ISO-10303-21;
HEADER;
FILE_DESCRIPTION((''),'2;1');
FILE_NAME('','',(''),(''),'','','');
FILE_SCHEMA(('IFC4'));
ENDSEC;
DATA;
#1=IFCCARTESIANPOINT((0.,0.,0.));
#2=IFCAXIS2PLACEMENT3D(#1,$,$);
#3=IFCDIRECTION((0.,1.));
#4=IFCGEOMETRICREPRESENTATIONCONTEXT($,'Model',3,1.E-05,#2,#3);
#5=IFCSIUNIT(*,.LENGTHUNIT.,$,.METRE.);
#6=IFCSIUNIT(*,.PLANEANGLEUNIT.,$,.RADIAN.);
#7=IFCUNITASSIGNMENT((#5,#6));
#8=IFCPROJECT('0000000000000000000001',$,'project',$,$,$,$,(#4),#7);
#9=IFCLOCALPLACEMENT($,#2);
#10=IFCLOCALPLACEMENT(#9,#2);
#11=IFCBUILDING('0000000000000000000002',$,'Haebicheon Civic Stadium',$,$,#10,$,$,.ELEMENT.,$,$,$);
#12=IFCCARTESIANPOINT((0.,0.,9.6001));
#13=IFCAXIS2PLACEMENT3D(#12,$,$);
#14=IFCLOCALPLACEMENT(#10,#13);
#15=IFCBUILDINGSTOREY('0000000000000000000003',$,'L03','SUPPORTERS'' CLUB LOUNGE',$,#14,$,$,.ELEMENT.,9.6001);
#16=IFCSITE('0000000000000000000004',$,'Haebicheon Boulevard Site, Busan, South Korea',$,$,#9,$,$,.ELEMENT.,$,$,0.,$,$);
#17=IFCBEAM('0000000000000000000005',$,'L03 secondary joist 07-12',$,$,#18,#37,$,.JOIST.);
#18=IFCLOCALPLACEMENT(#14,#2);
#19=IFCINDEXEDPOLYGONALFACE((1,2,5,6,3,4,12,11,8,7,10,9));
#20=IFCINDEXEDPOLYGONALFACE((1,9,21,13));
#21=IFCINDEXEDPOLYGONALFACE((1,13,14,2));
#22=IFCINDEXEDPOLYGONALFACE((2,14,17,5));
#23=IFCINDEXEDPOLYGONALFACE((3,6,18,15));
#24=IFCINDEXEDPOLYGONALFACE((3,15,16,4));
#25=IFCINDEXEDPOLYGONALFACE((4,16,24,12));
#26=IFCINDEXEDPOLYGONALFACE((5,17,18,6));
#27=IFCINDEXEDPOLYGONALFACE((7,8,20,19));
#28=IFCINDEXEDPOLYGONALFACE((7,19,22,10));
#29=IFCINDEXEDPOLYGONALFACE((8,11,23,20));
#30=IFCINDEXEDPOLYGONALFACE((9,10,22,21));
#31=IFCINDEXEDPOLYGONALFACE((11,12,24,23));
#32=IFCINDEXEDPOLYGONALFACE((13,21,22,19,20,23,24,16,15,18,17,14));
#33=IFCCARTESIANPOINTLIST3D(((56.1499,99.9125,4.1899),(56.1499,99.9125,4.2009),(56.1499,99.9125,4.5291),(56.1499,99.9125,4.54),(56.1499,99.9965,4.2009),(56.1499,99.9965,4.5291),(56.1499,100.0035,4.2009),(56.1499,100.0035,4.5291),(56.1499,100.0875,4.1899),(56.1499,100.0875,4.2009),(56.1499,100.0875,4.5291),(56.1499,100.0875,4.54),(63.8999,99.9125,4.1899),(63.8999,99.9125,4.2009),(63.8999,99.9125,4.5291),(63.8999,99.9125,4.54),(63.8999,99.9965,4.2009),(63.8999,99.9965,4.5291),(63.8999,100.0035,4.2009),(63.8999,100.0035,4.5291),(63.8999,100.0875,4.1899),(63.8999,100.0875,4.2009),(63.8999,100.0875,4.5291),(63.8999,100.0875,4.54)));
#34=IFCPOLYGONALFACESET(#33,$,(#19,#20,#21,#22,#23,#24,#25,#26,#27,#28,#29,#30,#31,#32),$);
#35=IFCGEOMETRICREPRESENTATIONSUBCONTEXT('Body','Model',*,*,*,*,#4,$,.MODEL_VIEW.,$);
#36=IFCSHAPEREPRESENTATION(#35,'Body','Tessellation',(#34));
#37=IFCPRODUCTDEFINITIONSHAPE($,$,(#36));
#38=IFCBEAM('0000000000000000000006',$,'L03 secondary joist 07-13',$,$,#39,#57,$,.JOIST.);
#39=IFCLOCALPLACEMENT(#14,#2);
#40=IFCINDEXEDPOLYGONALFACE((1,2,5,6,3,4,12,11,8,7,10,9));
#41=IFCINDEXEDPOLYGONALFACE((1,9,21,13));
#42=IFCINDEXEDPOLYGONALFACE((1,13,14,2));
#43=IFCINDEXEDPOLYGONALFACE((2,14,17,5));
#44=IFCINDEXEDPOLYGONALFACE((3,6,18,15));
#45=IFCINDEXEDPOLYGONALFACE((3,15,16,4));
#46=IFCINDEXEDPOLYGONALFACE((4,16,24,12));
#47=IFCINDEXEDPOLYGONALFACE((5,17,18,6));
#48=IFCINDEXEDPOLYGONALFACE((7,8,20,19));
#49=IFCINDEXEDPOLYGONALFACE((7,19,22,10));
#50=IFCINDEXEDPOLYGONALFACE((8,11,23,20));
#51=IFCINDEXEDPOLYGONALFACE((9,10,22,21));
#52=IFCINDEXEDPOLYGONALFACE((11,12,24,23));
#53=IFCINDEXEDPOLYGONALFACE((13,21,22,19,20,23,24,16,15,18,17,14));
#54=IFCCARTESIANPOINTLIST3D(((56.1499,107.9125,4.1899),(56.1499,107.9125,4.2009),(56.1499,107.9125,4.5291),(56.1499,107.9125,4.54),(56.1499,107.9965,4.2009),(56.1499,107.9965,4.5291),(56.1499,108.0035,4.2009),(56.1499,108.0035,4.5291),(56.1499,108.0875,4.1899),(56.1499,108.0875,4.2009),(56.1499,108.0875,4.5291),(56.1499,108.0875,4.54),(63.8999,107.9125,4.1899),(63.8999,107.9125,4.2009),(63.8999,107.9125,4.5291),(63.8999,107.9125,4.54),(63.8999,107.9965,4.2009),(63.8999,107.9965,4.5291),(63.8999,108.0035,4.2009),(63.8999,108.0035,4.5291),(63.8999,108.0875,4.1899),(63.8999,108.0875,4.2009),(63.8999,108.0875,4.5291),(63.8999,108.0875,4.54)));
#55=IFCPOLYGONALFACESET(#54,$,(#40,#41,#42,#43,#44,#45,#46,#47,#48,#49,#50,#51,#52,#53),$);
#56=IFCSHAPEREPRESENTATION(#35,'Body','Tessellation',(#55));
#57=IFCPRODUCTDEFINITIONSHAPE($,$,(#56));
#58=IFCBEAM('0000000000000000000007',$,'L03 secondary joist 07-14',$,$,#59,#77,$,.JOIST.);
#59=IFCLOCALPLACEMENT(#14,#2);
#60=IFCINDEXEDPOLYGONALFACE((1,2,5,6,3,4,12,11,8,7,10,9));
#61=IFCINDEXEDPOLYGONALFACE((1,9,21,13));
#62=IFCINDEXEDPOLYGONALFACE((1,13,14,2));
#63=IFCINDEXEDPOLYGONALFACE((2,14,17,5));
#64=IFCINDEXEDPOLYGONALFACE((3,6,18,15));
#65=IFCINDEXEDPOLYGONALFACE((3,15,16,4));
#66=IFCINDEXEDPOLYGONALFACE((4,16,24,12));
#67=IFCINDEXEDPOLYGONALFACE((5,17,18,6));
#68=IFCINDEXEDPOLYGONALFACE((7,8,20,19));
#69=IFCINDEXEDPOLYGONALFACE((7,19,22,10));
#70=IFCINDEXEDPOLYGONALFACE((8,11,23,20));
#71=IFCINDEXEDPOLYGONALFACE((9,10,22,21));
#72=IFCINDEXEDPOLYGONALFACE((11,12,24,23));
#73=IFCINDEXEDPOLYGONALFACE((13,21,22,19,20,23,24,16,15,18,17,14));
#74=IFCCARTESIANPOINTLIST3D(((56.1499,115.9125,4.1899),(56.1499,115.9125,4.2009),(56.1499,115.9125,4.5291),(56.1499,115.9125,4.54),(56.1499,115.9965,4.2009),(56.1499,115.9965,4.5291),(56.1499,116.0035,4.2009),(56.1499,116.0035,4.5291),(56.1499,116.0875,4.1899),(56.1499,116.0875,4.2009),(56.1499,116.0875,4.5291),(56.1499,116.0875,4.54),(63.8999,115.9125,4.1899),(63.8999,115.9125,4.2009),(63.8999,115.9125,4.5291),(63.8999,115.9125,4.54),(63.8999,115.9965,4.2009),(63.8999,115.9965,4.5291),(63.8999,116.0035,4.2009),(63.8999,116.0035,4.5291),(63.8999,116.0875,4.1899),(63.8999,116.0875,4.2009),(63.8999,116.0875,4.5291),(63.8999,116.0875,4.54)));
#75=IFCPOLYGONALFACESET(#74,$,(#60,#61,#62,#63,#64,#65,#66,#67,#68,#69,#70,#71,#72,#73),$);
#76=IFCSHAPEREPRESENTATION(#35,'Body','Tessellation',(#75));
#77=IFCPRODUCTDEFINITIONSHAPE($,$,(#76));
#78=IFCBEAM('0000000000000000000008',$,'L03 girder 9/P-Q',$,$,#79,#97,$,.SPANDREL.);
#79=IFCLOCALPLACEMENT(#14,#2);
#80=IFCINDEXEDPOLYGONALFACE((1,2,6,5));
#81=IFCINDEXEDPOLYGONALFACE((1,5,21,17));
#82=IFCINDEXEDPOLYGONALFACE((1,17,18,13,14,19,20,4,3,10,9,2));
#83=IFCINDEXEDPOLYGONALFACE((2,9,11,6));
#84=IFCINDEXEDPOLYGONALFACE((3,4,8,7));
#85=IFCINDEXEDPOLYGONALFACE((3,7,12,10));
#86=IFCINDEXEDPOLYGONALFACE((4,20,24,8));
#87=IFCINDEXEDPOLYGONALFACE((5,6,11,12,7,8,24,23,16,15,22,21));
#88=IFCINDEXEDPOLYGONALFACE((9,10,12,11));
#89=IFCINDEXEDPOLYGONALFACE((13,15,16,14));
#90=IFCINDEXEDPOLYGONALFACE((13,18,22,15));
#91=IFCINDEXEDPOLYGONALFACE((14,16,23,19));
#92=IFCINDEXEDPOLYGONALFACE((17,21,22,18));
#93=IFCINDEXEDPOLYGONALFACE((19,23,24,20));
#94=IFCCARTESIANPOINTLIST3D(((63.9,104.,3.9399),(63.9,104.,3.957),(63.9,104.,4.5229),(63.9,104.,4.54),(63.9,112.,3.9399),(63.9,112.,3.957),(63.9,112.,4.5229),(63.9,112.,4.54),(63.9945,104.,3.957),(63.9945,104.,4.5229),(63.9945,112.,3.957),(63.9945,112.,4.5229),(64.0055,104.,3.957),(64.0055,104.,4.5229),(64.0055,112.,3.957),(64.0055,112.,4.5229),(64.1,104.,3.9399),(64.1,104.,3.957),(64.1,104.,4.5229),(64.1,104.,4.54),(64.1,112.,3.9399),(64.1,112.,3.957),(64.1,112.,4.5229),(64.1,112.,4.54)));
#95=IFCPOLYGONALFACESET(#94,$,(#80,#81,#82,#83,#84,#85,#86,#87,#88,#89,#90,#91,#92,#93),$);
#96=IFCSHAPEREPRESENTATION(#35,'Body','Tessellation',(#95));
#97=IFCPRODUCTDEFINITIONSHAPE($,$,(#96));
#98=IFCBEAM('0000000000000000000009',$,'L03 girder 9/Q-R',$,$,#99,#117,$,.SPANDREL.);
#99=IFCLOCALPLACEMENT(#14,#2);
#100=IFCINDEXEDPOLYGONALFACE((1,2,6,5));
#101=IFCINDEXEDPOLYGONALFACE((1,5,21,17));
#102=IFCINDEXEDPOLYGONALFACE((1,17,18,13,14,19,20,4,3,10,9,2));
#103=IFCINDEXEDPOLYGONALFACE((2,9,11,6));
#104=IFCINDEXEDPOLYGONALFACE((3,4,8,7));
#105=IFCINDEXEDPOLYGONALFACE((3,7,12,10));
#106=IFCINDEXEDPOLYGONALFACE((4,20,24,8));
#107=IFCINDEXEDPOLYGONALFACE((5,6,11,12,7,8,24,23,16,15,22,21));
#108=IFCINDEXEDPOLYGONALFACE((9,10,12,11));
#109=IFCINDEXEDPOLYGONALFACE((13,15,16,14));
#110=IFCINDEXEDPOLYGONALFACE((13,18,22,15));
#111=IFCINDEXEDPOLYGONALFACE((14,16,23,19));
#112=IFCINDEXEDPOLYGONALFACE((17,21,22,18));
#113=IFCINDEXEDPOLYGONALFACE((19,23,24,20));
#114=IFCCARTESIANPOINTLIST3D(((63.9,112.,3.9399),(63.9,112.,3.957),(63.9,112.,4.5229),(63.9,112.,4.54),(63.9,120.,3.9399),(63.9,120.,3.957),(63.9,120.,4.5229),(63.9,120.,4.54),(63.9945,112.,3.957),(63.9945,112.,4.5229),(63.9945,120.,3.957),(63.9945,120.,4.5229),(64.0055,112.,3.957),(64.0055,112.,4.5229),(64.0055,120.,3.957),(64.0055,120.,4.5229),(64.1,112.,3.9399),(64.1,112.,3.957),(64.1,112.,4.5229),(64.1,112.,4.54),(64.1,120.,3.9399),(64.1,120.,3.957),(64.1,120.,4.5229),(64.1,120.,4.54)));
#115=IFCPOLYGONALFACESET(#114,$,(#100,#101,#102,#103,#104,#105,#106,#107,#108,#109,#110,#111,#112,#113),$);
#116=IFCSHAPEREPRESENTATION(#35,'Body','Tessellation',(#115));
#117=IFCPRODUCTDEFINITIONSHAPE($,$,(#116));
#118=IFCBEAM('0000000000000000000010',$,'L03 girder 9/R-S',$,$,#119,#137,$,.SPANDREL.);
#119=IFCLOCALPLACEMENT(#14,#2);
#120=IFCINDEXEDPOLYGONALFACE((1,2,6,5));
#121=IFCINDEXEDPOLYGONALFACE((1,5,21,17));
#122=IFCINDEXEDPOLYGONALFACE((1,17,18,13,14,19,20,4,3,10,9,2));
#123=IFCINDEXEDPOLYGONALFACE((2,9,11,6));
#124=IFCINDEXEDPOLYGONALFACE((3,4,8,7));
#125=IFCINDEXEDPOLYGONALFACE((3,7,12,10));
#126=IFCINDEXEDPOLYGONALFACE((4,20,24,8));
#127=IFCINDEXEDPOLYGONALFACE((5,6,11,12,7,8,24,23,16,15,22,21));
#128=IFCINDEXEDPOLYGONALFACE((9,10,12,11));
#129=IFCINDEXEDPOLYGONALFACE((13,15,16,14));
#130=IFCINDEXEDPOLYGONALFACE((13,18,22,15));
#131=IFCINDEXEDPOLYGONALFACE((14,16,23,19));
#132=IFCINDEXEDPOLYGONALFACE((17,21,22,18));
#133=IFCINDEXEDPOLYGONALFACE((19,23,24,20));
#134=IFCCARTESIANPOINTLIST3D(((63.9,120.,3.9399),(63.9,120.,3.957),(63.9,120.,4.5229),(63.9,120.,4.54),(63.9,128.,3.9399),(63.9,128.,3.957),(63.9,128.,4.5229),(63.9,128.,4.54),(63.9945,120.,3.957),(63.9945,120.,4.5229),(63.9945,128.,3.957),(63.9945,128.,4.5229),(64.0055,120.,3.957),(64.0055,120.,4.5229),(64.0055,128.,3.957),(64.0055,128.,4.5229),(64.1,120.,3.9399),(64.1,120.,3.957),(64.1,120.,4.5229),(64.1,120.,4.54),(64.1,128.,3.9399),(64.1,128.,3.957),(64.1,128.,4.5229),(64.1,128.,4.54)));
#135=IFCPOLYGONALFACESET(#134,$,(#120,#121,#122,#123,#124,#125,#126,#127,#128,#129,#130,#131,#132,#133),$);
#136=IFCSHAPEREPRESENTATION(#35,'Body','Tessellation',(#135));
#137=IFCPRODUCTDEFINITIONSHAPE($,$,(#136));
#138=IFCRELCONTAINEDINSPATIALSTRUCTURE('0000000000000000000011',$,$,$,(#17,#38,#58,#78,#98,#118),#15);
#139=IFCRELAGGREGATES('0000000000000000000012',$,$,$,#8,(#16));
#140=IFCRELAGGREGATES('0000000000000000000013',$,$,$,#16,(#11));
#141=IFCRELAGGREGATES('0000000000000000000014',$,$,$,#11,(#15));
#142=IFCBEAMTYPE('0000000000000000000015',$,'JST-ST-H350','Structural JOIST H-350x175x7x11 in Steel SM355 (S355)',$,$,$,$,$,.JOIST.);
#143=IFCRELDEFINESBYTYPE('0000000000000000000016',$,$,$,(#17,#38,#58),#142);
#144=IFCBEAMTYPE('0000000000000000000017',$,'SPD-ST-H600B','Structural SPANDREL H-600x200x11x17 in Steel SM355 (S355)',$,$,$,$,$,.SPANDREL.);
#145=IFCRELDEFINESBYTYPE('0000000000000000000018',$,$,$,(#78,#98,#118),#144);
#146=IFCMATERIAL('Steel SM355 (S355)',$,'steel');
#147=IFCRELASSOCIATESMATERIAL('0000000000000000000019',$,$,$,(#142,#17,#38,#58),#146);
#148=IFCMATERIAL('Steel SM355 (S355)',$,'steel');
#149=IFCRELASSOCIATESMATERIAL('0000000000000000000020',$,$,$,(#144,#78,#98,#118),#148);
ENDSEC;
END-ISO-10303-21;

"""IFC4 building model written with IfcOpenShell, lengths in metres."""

from ifc_helpers import new_model, si_unit, direction, frame, origin, origin_2d, place, context, subcontext, project, spatial, i_section, extrude, material, material_profile, profile_set, type_object, element, save


model = new_model("IFC4")

# Units and contexts
model_context = context("Model", 3, precision=1e-05, world=origin(), true_north=direction((0.0, 1.0)))
body_context = subcontext(model_context, "Body", "Model", "MODEL_VIEW")
ifc_project = project(units=[si_unit("LENGTHUNIT", "METRE"), si_unit("PLANEANGLEUNIT", "RADIAN")], contexts=[model_context])

# Site, building, storey
site_placement = place(None, origin())
site = spatial("IfcSite", under=ifc_project, at=site_placement, Name="Haebicheon Boulevard Site, Busan, South Korea", CompositionType="ELEMENT", RefElevation=0.0)
building_placement = place(site_placement, origin())
building = spatial("IfcBuilding", under=site, at=building_placement, Name="Haebicheon Civic Stadium", CompositionType="ELEMENT")
storey_placement = place(building_placement, frame((0.0, 0.0, 9.6001)))
storey = spatial("IfcBuildingStorey", under=building, at=storey_placement, Name="L03", Description="SUPPORTERS' CLUB LOUNGE", CompositionType="ELEMENT", Elevation=9.6001)

# Beams
ifc_material_1 = material(Name="Steel SM355 (S355)", Category="steel")
ifc_material_profile_1 = material_profile(ifc_material_1, i_section(OverallWidth=0.175, OverallDepth=0.3501, WebThickness=0.0071, FlangeThickness=0.011, at=origin_2d()), Name="H-350x175x7x11")
ifc_profile_set_1 = profile_set([ifc_material_profile_1], Name="Steel SM355 (S355)")
beam_type_1 = type_object("IfcBeamType", Name="JST-ST-H350", Description="Structural JOIST H-350x175x7x11 in Steel SM355 (S355)", PredefinedType="JOIST", material=ifc_profile_set_1)
for number, where, z_axis, x_axis, name in (
    (1, (56.1499, 100.0, 4.365), (1.0, 0.0, 0.0), (0.0, 1.0, 0.0), "L03 secondary joist 07-12"),
    (2, (56.1499, 108.0, 4.365), (1.0, 0.0, 0.0), (0.0, 1.0, 0.0), "L03 secondary joist 07-13"),
    (3, (56.1499, 116.0, 4.365), (1.0, 0.0, 0.0), (0.0, 1.0, 0.0), "L03 secondary joist 07-14"),
):
    element("IfcBeam", number, at=place(storey_placement, frame(where, z_axis=z_axis, x_axis=x_axis)), inside=storey, type_object=beam_type_1, material=ifc_profile_set_1, Name=name, PredefinedType="JOIST", context=body_context, shape_type="SweptSolid", body=[
        extrude(i_section(OverallWidth=0.175, OverallDepth=0.3501, WebThickness=0.0071, FlangeThickness=0.011, at=origin_2d()), origin(), (0.0, 0.0, 1.0), 7.75),
    ])
ifc_material_2 = material(Name="Steel SM355 (S355)", Category="steel")
ifc_material_profile_2 = material_profile(ifc_material_2, i_section(OverallWidth=0.2, OverallDepth=0.6001, WebThickness=0.011, FlangeThickness=0.0171, at=origin_2d()), Name="H-600x200x11x17")
ifc_profile_set_2 = profile_set([ifc_material_profile_2], Name="Steel SM355 (S355)")
beam_type_2 = type_object("IfcBeamType", Name="SPD-ST-H600B", Description="Structural SPANDREL H-600x200x11x17 in Steel SM355 (S355)", PredefinedType="SPANDREL", material=ifc_profile_set_2)
for number, where, z_axis, x_axis, name in (
    (4, (64.0, 104.0, 4.24), (0.0, 1.0, 0.0), (-1.0, 0.0, 0.0), "L03 girder 9/P-Q"),
    (5, (64.0, 112.0, 4.24), (0.0, 1.0, 0.0), (-1.0, 0.0, 0.0), "L03 girder 9/Q-R"),
    (6, (64.0, 120.0, 4.24), (0.0, 1.0, 0.0), (-1.0, 0.0, 0.0), "L03 girder 9/R-S"),
):
    element("IfcBeam", number, at=place(storey_placement, frame(where, z_axis=z_axis, x_axis=x_axis)), inside=storey, type_object=beam_type_2, material=ifc_profile_set_2, Name=name, PredefinedType="SPANDREL", context=body_context, shape_type="SweptSolid", body=[
        extrude(i_section(OverallWidth=0.2, OverallDepth=0.6001, WebThickness=0.011, FlangeThickness=0.0171, at=origin_2d()), origin(), (0.0, 0.0, 1.0), 8.0),
    ])

save(model, "model.ifc")
